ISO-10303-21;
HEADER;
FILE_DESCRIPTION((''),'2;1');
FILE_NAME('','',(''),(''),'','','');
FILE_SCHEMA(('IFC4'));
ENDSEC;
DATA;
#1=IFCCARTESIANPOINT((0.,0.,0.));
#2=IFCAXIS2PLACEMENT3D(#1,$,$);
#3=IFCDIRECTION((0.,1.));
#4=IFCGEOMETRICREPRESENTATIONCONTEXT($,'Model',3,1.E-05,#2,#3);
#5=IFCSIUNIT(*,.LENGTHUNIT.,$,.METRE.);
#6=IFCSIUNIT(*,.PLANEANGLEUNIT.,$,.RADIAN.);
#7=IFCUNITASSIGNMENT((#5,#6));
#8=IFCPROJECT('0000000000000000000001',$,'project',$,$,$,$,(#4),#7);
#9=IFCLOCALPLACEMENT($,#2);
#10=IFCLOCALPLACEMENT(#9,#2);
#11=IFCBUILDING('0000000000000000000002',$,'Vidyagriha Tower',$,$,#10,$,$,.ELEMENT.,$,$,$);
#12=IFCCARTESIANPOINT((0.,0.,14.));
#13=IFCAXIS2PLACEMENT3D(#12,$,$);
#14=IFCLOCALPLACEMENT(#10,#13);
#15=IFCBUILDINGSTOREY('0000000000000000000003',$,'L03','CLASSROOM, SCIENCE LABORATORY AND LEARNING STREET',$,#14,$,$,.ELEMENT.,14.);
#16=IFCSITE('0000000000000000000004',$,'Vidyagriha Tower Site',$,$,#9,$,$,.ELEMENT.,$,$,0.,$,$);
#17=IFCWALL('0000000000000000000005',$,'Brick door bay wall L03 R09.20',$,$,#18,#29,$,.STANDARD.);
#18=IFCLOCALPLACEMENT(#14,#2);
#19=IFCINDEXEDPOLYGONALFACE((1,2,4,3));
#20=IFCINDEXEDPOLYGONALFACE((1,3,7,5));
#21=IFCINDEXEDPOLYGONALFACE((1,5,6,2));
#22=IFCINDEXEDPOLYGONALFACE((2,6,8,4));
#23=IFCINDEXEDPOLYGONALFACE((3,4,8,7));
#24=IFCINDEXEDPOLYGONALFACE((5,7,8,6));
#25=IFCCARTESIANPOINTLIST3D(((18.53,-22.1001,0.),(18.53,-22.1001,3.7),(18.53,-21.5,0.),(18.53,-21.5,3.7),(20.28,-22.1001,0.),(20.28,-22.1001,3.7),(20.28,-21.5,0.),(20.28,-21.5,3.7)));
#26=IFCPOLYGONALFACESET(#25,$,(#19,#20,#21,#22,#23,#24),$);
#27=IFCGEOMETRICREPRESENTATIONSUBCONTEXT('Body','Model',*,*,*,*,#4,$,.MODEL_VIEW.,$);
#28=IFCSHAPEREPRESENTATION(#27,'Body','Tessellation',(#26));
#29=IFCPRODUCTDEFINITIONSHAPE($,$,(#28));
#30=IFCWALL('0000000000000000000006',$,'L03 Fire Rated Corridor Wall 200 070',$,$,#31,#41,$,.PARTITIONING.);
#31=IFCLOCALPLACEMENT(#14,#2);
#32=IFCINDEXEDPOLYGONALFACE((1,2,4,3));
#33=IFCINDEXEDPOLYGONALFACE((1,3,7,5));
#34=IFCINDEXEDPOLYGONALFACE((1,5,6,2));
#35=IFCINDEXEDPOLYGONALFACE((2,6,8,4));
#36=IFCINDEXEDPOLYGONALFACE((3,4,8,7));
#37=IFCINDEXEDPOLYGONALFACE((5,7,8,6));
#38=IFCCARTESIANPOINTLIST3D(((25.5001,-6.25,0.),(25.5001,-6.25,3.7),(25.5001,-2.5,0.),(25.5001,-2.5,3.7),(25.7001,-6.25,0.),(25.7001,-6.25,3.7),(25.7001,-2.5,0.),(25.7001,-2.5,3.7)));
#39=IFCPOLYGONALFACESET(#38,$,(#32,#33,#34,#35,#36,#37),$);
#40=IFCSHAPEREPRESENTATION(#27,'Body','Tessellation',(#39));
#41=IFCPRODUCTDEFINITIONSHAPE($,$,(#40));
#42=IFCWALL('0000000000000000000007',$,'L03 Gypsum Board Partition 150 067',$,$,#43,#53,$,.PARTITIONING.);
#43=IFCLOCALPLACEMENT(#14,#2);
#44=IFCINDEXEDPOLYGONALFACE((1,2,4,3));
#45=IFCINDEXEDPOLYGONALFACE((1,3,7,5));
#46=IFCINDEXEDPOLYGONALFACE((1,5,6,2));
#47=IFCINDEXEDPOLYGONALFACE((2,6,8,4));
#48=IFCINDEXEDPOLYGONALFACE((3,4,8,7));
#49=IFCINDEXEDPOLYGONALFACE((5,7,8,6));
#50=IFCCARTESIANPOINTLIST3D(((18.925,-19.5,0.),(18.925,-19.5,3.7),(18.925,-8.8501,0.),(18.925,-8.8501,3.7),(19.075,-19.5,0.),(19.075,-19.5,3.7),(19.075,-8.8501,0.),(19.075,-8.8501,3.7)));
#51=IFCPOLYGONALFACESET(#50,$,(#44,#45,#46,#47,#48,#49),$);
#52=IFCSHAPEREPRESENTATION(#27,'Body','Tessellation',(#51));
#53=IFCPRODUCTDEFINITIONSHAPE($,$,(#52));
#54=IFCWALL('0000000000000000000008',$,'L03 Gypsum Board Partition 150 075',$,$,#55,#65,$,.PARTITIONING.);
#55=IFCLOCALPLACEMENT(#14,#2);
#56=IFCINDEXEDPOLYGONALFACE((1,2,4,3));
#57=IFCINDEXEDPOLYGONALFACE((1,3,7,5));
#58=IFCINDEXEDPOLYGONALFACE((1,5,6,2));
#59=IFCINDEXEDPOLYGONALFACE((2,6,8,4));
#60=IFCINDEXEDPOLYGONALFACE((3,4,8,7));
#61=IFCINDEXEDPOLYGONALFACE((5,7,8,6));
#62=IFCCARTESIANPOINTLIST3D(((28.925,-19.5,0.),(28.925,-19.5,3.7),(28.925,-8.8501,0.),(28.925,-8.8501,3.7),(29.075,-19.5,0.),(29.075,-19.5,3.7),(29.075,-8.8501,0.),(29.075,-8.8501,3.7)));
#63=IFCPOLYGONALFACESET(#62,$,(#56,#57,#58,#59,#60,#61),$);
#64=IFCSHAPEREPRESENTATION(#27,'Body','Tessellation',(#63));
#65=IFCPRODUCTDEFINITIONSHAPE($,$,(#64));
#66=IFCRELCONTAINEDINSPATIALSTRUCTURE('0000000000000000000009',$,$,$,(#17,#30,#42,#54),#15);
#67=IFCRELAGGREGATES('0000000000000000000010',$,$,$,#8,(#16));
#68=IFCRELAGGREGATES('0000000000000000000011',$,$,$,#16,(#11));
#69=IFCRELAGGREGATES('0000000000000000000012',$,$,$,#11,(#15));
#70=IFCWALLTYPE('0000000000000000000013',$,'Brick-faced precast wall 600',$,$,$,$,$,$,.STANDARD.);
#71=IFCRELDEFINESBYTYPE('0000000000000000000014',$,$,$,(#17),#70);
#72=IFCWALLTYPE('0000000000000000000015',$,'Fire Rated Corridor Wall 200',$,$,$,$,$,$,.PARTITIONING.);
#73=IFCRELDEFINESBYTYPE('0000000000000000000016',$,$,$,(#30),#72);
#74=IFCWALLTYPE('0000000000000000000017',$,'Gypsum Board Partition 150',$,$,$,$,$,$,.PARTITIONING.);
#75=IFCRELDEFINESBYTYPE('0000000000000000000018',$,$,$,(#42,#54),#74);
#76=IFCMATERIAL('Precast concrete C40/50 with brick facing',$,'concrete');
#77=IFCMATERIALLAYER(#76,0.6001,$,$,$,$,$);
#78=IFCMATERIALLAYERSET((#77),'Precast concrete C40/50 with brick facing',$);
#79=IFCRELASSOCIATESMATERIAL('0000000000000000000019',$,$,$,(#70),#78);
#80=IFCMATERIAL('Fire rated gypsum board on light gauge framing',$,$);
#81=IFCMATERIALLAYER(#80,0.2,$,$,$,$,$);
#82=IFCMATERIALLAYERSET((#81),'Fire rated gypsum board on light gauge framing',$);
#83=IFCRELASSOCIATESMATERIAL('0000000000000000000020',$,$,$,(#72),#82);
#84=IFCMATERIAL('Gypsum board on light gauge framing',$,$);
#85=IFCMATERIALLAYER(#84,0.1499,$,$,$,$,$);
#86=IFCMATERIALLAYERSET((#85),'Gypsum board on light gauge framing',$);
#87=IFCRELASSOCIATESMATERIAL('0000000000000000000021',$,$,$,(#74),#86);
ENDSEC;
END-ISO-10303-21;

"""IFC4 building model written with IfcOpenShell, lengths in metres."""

from ifc_helpers import new_model, si_unit, direction, frame, frame_2d, origin, place, context, subcontext, project, spatial, rectangle, extrude, material, layer, layer_set, type_object, element, save


model = new_model("IFC4")

# Units and contexts
model_context = context("Model", 3, precision=1e-05, world=origin(), true_north=direction((0.0, 1.0)))
body_context = subcontext(model_context, "Body", "Model", "MODEL_VIEW")
ifc_project = project(units=[si_unit("LENGTHUNIT", "METRE"), si_unit("PLANEANGLEUNIT", "RADIAN")], contexts=[model_context])

# Site, building, storey
site_placement = place(None, origin())
site = spatial("IfcSite", under=ifc_project, at=site_placement, Name="Vidyagriha Tower Site", CompositionType="ELEMENT", RefElevation=0.0)
building_placement = place(site_placement, origin())
building = spatial("IfcBuilding", under=site, at=building_placement, Name="Vidyagriha Tower", CompositionType="ELEMENT")
storey_placement = place(building_placement, frame((0.0, 0.0, 14.0)))
storey = spatial("IfcBuildingStorey", under=building, at=storey_placement, Name="L03", Description="CLASSROOM, SCIENCE LABORATORY AND LEARNING STREET", CompositionType="ELEMENT", Elevation=14.0)

# Walls
ifc_material_1 = material(Name="Precast concrete C40/50 with brick facing", Category="concrete")
ifc_layer_1 = layer(ifc_material_1, 0.6001)
ifc_layer_set_1 = layer_set([ifc_layer_1], Name="Precast concrete C40/50 with brick facing")
wall_type_1 = type_object("IfcWallType", Name="Brick-faced precast wall 600", PredefinedType="STANDARD", material=ifc_layer_set_1)
wall_1_placement = place(storey_placement, frame((18.53, -21.8, 0.0)))
element("IfcWall", 1, at=wall_1_placement, inside=storey, type_object=wall_type_1, Name="Brick door bay wall L03 R09.20", PredefinedType="STANDARD", context=body_context, shape_type="SweptSolid", body=[
    extrude(rectangle(XDim=1.75, YDim=0.6001, at=frame_2d((0.875, 0.0))), origin(), (0.0, 0.0, 1.0), 3.7),
])
ifc_material_2 = material(Name="Fire rated gypsum board on light gauge framing")
ifc_layer_2 = layer(ifc_material_2, 0.2)
ifc_layer_set_2 = layer_set([ifc_layer_2], Name="Fire rated gypsum board on light gauge framing")
wall_type_2 = type_object("IfcWallType", Name="Fire Rated Corridor Wall 200", PredefinedType="PARTITIONING", material=ifc_layer_set_2)
wall_2_placement = place(storey_placement, frame((25.6001, -6.25, 0.0), z_axis=(0.0, 0.0, 1.0), x_axis=(0.0, 1.0, 0.0)))
element("IfcWall", 2, at=wall_2_placement, inside=storey, type_object=wall_type_2, Name="L03 Fire Rated Corridor Wall 200 070", PredefinedType="PARTITIONING", context=body_context, shape_type="SweptSolid", body=[
    extrude(rectangle(XDim=3.75, YDim=0.2, at=frame_2d((1.875, 0.0))), origin(), (0.0, 0.0, 1.0), 3.7),
])
ifc_material_3 = material(Name="Gypsum board on light gauge framing")
ifc_layer_3 = layer(ifc_material_3, 0.1499)
ifc_layer_set_3 = layer_set([ifc_layer_3], Name="Gypsum board on light gauge framing")
wall_type_3 = type_object("IfcWallType", Name="Gypsum Board Partition 150", PredefinedType="PARTITIONING", material=ifc_layer_set_3)
for number, where, z_axis, x_axis, name in (
    (3, (19.0, -19.5, 0.0), (0.0, 0.0, 1.0), (0.0, 1.0, 0.0), "L03 Gypsum Board Partition 150 067"),
    (4, (29.0, -19.5, 0.0), (0.0, 0.0, 1.0), (0.0, 1.0, 0.0), "L03 Gypsum Board Partition 150 075"),
):
    element("IfcWall", number, at=place(storey_placement, frame(where, z_axis=z_axis, x_axis=x_axis)), inside=storey, type_object=wall_type_3, Name=name, PredefinedType="PARTITIONING", context=body_context, shape_type="SweptSolid", body=[
        extrude(rectangle(XDim=10.6499, YDim=0.1499, at=frame_2d((5.325, 0.0))), origin(), (0.0, 0.0, 1.0), 3.7),
    ])

save(model, "model.ifc")
